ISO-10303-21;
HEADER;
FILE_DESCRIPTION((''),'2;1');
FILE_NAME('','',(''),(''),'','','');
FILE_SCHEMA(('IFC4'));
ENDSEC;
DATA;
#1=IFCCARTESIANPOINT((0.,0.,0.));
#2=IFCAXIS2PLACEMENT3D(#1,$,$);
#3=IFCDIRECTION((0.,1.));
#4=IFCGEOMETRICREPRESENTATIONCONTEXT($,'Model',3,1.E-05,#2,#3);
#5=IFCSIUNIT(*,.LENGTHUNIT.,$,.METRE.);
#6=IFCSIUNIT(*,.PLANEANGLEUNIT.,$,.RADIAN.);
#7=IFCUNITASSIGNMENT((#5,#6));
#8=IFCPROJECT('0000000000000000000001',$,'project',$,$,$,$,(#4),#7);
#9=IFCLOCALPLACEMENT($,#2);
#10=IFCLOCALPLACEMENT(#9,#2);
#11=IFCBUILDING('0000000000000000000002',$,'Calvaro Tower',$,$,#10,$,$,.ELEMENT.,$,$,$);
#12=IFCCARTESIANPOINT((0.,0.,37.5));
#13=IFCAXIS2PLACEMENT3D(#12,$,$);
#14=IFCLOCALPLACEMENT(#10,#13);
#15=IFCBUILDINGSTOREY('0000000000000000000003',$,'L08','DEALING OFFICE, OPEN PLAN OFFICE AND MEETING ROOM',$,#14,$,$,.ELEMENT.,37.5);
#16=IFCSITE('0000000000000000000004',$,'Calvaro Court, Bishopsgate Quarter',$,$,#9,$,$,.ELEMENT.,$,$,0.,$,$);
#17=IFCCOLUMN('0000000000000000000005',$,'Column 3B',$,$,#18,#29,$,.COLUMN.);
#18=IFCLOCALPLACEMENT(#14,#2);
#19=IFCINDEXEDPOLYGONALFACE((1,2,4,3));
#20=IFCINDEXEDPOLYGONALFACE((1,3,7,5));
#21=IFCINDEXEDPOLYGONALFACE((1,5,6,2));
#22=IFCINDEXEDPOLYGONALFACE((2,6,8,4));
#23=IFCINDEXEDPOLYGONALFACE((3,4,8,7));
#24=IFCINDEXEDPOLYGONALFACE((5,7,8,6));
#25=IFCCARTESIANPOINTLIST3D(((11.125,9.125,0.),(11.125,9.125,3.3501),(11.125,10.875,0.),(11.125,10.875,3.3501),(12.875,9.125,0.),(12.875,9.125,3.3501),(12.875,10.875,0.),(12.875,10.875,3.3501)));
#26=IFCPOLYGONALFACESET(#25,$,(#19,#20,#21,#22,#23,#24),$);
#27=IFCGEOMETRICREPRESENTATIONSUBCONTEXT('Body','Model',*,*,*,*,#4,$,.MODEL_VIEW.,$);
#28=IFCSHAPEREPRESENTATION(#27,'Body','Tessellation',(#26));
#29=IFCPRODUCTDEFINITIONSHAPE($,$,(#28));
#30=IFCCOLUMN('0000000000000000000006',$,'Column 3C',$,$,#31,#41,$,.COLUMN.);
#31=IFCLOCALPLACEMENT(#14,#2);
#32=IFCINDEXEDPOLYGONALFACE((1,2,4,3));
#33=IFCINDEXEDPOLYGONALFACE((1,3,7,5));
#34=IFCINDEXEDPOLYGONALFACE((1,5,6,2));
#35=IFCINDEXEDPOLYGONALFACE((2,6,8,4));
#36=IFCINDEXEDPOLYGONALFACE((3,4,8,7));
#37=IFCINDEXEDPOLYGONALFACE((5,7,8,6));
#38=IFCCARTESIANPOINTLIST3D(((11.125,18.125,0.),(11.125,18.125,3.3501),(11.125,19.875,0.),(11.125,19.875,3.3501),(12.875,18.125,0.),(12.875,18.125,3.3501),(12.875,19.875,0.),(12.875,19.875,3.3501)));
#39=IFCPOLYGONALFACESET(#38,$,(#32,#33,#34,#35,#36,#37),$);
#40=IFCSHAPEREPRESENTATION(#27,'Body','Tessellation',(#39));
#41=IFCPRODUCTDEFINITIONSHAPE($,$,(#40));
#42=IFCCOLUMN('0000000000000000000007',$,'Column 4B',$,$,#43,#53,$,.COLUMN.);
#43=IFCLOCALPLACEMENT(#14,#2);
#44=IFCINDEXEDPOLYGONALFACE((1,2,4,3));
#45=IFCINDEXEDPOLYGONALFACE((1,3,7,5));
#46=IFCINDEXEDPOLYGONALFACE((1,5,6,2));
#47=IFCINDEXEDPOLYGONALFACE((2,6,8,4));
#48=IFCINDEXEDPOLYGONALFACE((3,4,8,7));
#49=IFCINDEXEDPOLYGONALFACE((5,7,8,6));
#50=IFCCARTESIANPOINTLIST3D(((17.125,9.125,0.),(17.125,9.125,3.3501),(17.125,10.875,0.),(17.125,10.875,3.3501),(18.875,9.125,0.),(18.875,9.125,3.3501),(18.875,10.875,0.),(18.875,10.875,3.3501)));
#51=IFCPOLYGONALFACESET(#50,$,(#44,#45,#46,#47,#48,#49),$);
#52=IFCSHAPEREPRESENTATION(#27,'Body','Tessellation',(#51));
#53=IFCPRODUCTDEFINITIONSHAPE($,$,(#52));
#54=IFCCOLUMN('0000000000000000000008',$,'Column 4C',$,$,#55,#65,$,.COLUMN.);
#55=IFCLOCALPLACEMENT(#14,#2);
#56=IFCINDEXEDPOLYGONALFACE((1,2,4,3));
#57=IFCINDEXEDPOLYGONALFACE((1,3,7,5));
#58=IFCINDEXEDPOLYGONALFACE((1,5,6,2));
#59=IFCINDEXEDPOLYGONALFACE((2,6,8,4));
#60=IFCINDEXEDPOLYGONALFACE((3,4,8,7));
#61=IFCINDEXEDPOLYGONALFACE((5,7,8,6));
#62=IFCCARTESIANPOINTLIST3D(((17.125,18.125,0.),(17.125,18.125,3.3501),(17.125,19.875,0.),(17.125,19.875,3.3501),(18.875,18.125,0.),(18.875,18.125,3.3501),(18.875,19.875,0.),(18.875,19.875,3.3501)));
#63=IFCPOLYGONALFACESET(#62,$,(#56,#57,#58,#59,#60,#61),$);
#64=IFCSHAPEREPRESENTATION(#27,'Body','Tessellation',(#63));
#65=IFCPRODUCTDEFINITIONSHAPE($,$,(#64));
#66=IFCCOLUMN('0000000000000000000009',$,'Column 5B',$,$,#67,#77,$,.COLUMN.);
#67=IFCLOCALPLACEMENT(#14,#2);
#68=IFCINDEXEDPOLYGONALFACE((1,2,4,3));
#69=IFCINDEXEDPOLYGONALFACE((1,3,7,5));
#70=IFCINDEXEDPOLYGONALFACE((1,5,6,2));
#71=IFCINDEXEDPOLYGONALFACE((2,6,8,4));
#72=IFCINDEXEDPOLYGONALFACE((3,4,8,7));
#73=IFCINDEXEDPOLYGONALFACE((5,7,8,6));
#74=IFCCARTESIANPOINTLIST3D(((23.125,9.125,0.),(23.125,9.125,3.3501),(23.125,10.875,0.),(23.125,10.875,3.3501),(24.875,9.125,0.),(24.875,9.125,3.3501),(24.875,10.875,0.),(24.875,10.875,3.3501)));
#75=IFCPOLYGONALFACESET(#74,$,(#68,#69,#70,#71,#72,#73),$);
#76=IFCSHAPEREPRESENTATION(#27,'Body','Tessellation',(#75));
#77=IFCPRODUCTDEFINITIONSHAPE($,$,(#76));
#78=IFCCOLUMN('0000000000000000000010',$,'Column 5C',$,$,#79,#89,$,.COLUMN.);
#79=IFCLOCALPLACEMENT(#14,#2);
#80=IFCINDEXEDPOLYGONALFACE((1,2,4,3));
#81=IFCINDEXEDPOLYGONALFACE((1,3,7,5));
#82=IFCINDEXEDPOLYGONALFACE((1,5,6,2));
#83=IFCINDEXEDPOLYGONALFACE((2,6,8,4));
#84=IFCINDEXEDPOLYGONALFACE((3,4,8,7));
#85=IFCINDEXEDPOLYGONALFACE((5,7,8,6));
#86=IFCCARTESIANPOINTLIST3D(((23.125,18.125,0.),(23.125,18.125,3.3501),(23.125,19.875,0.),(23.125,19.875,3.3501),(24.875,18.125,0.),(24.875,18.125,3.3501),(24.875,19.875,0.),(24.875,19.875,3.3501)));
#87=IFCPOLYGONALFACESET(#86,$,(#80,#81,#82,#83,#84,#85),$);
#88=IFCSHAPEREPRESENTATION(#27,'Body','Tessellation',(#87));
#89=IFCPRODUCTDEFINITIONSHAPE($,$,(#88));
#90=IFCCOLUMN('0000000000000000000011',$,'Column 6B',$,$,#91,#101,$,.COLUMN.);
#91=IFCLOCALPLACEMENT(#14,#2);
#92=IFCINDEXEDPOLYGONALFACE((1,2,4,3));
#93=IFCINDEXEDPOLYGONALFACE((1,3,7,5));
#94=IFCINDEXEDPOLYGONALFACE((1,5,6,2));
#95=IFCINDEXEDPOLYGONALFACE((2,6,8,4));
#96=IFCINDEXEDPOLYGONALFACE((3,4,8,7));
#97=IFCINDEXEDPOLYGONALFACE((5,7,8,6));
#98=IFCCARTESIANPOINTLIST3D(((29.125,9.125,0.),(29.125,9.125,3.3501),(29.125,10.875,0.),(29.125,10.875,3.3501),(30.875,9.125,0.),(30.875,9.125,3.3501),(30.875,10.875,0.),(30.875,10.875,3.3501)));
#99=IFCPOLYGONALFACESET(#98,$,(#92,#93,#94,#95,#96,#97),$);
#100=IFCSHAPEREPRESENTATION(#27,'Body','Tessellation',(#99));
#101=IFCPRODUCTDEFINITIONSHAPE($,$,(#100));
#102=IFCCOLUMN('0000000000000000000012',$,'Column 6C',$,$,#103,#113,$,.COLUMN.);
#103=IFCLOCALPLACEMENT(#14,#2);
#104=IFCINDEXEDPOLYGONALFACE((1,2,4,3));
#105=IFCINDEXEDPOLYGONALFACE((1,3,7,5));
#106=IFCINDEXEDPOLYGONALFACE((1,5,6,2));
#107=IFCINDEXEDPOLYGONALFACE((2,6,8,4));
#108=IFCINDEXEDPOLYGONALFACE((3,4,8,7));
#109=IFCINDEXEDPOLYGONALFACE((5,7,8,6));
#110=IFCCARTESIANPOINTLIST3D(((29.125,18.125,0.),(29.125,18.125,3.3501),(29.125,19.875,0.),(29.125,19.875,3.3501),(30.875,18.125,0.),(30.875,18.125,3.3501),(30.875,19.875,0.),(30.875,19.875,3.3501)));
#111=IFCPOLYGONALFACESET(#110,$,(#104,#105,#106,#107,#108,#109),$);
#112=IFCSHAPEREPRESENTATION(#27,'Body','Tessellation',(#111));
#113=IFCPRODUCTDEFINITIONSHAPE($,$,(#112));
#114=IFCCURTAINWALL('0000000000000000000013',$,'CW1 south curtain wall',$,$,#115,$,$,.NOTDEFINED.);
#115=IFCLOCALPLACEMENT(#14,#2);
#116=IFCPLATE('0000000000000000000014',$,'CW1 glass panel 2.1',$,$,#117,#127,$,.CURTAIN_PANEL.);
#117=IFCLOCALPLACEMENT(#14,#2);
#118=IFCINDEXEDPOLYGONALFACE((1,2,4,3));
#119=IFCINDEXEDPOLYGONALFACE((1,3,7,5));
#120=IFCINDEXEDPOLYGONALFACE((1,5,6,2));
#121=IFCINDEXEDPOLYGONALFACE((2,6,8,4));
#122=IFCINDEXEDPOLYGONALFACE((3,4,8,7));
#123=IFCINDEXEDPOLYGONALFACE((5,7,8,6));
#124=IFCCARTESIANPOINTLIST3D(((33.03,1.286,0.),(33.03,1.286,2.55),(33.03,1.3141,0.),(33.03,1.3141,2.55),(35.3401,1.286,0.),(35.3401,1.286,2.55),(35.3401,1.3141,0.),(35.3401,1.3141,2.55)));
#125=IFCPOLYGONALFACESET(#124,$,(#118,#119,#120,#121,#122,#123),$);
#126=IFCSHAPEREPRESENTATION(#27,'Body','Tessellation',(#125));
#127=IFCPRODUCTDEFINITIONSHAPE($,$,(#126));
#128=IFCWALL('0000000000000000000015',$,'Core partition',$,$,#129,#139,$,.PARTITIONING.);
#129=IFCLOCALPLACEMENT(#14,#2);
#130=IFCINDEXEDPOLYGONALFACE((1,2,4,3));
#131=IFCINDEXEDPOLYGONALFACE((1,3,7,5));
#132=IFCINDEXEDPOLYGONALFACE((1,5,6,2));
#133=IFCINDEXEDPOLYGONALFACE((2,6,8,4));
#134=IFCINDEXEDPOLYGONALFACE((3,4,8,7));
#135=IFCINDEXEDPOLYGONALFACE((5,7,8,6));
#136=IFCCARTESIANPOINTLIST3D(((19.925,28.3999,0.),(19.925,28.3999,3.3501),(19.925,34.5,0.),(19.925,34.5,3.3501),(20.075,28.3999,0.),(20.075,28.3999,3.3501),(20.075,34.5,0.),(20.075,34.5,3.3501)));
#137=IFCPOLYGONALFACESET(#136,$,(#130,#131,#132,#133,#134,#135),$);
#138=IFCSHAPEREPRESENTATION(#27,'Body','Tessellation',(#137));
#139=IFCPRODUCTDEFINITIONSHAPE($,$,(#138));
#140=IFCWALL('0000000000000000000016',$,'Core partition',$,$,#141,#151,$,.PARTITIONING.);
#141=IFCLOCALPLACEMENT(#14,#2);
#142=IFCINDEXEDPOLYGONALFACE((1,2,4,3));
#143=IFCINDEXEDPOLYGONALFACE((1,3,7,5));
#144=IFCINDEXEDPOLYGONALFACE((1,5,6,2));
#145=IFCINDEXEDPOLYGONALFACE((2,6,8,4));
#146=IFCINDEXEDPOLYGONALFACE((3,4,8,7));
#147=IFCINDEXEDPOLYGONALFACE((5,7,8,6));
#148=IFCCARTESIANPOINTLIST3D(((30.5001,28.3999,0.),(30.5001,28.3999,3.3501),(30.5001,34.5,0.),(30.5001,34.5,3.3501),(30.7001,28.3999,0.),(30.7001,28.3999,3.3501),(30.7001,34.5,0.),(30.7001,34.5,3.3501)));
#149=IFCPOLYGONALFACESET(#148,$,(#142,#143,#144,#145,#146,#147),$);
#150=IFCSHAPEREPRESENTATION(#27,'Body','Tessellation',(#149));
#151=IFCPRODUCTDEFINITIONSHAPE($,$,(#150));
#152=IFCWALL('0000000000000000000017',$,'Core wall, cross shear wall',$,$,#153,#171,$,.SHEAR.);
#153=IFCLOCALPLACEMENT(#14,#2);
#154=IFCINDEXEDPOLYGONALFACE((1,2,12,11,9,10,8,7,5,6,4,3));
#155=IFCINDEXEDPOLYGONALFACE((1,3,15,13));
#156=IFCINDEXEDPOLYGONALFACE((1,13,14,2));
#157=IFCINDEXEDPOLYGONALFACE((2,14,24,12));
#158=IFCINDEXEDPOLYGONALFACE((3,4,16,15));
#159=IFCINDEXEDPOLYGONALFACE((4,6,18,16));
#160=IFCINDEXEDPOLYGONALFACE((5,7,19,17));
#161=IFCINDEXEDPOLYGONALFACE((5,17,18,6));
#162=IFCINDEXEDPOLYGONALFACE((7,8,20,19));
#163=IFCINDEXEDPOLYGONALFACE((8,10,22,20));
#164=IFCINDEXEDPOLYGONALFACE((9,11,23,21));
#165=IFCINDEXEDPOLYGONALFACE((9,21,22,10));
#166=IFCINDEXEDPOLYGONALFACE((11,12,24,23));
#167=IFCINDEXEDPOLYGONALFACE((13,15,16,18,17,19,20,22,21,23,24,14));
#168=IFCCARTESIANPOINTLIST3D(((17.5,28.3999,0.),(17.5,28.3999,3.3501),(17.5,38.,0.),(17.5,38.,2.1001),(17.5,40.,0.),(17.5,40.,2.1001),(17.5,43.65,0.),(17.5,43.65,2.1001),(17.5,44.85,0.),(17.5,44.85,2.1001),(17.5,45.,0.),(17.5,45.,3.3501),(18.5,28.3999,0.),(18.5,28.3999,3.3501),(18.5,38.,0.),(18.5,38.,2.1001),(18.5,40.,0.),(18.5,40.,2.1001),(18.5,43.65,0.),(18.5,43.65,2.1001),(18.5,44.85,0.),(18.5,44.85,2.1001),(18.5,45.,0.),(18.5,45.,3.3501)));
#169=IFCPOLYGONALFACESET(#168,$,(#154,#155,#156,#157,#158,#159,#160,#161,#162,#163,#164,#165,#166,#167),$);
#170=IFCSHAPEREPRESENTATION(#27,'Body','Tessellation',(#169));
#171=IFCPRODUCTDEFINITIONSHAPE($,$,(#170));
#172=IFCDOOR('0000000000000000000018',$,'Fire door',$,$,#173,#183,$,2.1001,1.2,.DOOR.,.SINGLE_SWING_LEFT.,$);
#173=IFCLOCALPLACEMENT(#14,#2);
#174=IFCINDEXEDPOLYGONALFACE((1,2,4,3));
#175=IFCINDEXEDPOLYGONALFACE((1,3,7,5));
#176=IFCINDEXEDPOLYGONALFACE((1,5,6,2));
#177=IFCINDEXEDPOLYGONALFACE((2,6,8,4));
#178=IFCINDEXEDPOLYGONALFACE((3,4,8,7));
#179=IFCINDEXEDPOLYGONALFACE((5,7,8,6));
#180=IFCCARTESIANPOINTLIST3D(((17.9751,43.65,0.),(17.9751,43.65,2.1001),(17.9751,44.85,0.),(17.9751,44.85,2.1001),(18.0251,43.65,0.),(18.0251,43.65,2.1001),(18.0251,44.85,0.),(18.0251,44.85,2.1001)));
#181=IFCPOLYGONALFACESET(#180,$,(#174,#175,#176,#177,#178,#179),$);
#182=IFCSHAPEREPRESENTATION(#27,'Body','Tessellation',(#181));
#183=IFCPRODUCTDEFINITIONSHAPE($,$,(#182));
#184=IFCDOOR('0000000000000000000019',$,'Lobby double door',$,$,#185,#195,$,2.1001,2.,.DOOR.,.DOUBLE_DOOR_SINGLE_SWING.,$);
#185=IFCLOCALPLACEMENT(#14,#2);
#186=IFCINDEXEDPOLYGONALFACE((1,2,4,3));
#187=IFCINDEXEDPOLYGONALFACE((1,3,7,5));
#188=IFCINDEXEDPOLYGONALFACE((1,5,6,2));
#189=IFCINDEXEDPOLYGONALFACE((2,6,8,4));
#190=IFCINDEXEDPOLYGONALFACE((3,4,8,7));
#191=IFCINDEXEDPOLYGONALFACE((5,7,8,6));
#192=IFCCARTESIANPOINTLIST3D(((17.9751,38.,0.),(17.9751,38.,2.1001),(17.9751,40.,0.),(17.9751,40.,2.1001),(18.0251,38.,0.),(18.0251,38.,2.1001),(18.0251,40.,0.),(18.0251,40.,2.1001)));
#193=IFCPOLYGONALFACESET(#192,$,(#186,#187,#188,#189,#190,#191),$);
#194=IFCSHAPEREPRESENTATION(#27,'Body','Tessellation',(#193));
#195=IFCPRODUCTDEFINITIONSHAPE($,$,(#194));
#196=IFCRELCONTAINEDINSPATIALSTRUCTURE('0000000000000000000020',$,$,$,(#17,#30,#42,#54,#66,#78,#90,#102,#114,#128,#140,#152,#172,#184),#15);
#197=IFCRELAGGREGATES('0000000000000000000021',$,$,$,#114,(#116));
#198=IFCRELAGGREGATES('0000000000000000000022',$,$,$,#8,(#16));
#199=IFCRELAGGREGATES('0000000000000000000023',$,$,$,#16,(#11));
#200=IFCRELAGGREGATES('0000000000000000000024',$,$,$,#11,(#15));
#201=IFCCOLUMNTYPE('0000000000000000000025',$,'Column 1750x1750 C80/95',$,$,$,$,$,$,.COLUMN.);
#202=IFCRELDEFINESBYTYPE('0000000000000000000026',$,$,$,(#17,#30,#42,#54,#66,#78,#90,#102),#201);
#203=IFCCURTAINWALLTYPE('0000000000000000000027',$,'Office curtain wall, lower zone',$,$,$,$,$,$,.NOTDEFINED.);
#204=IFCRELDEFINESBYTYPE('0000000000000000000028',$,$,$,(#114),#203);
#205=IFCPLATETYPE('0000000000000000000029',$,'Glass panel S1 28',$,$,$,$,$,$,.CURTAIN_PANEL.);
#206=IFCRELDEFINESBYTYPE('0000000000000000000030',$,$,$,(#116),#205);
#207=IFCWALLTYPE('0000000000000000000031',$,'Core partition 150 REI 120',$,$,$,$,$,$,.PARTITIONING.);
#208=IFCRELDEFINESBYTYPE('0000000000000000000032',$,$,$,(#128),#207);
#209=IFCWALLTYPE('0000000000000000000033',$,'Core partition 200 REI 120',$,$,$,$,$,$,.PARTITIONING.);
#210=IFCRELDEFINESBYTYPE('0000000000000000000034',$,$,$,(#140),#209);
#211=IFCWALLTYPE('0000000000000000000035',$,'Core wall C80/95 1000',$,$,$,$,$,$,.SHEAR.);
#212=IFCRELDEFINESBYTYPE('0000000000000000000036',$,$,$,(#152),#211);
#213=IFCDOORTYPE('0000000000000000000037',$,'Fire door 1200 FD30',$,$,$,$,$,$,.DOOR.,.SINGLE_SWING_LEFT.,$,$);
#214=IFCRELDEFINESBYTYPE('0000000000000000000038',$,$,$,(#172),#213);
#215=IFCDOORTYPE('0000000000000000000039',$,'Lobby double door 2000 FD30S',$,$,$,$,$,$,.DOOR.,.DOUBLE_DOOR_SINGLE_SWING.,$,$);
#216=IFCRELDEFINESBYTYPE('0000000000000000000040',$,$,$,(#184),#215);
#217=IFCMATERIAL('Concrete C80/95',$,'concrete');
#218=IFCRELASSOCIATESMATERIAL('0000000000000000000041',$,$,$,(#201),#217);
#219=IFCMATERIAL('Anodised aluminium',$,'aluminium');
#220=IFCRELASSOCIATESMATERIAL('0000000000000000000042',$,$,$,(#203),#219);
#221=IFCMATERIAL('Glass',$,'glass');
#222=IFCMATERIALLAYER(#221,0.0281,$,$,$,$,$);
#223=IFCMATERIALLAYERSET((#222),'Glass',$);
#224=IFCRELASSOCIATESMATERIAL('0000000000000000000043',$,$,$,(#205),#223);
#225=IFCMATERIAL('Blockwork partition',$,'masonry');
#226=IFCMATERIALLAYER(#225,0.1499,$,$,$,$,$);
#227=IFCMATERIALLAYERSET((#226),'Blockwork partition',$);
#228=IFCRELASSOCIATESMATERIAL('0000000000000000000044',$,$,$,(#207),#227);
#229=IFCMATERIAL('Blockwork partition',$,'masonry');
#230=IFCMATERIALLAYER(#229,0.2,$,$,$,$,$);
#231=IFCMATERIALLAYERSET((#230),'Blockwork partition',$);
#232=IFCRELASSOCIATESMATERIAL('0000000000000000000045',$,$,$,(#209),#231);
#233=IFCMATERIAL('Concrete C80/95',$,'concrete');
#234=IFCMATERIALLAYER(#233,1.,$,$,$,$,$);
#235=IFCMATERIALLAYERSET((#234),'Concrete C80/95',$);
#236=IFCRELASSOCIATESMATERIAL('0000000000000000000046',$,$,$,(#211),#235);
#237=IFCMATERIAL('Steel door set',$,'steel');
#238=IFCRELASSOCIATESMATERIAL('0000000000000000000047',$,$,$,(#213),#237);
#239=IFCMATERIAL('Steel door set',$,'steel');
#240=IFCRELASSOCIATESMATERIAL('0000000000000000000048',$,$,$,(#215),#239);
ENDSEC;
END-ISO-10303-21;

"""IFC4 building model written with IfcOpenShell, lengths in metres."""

from ifc_helpers import new_model, si_unit, direction, frame, frame_2d, origin, origin_2d, place, context, subcontext, project, spatial, rectangle, extrude, material, layer, layer_set, material_profile, profile_set, type_object, element, fill, aggregate, save


model = new_model("IFC4")

# Units and contexts
model_context = context("Model", 3, precision=1e-05, world=origin(), true_north=direction((0.0, 1.0)))
body_context = subcontext(model_context, "Body", "Model", "MODEL_VIEW")
ifc_project = project(units=[si_unit("LENGTHUNIT", "METRE"), si_unit("PLANEANGLEUNIT", "RADIAN")], contexts=[model_context])

# Site, building, storey
site_placement = place(None, origin())
site = spatial("IfcSite", under=ifc_project, at=site_placement, Name="Calvaro Court, Bishopsgate Quarter", CompositionType="ELEMENT", RefElevation=0.0)
building_placement = place(site_placement, origin())
building = spatial("IfcBuilding", under=site, at=building_placement, Name="Calvaro Tower", CompositionType="ELEMENT")
storey_placement = place(building_placement, frame((0.0, 0.0, 37.5)))
storey = spatial("IfcBuildingStorey", under=building, at=storey_placement, Name="L08", Description="DEALING OFFICE, OPEN PLAN OFFICE AND MEETING ROOM", CompositionType="ELEMENT", Elevation=37.5)

# Columns
ifc_material_1 = material(Name="Concrete C80/95", Category="concrete")
ifc_material_profile = material_profile(ifc_material_1, rectangle(XDim=1.75, YDim=1.75, at=origin_2d()), Name="RC 1750x1750")
ifc_profile_set = profile_set([ifc_material_profile], Name="Concrete C80/95")
column_type = type_object("IfcColumnType", Name="Column 1750x1750 C80/95", PredefinedType="COLUMN", material=ifc_profile_set)
for number, where, z_axis, x_axis, name in (
    (1, (12.0, 10.0, 0.0), (0.0, 0.0, 1.0), (1.0, 0.0, 0.0), "Column 3B"),
    (2, (12.0, 19.0, 0.0), (0.0, 0.0, 1.0), (1.0, 0.0, 0.0), "Column 3C"),
    (3, (18.0, 10.0, 0.0), (0.0, 0.0, 1.0), (1.0, 0.0, 0.0), "Column 4B"),
    (4, (18.0, 19.0, 0.0), (0.0, 0.0, 1.0), (1.0, 0.0, 0.0), "Column 4C"),
    (5, (24.0, 10.0, 0.0), (0.0, 0.0, 1.0), (1.0, 0.0, 0.0), "Column 5B"),
    (6, (24.0, 19.0, 0.0), (0.0, 0.0, 1.0), (1.0, 0.0, 0.0), "Column 5C"),
    (7, (30.0, 10.0, 0.0), (0.0, 0.0, 1.0), (1.0, 0.0, 0.0), "Column 6B"),
    (8, (30.0, 19.0, 0.0), (0.0, 0.0, 1.0), (1.0, 0.0, 0.0), "Column 6C"),
):
    element("IfcColumn", number, at=place(storey_placement, frame(where, z_axis=z_axis, x_axis=x_axis)), inside=storey, type_object=column_type, Name=name, PredefinedType="COLUMN", context=body_context, shape_type="SweptSolid", body=[
        extrude(rectangle(XDim=1.75, YDim=1.75, at=origin_2d()), origin(), (0.0, 0.0, 1.0), 3.3501),
    ])

# Curtain wall, plate
ifc_material_2 = material(Name="Anodised aluminium", Category="aluminium")
curtain_wall_type = type_object("IfcCurtainWallType", Name="Office curtain wall, lower zone", PredefinedType="NOTDEFINED", material=ifc_material_2)
curtain_wall_placement = place(storey_placement, origin())
curtain_wall = element("IfcCurtainWall", 9, at=curtain_wall_placement, inside=storey, type_object=curtain_wall_type, Name="CW1 south curtain wall", PredefinedType="NOTDEFINED")
ifc_material_3 = material(Name="Glass", Category="glass")
ifc_layer_1 = layer(ifc_material_3, 0.0281)
ifc_layer_set_1 = layer_set([ifc_layer_1], Name="Glass")
plate_type = type_object("IfcPlateType", Name="Glass panel S1 28", PredefinedType="CURTAIN_PANEL", material=ifc_layer_set_1)
plate_placement = place(storey_placement, frame((34.1851, 1.3, 0.0), z_axis=(0.0, 0.0, 1.0), x_axis=(1.0, 0.0, 0.0)))
plate = element("IfcPlate", 10, at=plate_placement, type_object=plate_type, Name="CW1 glass panel 2.1", PredefinedType="CURTAIN_PANEL", context=body_context, shape_type="SweptSolid", body=[
    extrude(rectangle(XDim=2.3101, YDim=0.0281, at=origin_2d()), origin(), (0.0, 0.0, 1.0), 2.55),
])
aggregate(curtain_wall, [plate])

# Walls
ifc_material_4 = material(Name="Blockwork partition", Category="masonry")
ifc_layer_2 = layer(ifc_material_4, 0.1499)
ifc_layer_set_2 = layer_set([ifc_layer_2], Name="Blockwork partition")
wall_type_1 = type_object("IfcWallType", Name="Core partition 150 REI 120", PredefinedType="PARTITIONING", material=ifc_layer_set_2)
wall_1_placement = place(storey_placement, frame((20.0, 28.3999, 0.0), z_axis=(0.0, 0.0, 1.0), x_axis=(0.0, 1.0, 0.0)))
element("IfcWall", 11, at=wall_1_placement, inside=storey, type_object=wall_type_1, Name="Core partition", PredefinedType="PARTITIONING", context=body_context, shape_type="SweptSolid", body=[
    extrude(rectangle(XDim=6.1001, YDim=0.1499, at=frame_2d((3.05, 0.0))), origin(), (0.0, 0.0, 1.0), 3.3501),
])
ifc_material_5 = material(Name="Blockwork partition", Category="masonry")
ifc_layer_3 = layer(ifc_material_5, 0.2)
ifc_layer_set_3 = layer_set([ifc_layer_3], Name="Blockwork partition")
wall_type_2 = type_object("IfcWallType", Name="Core partition 200 REI 120", PredefinedType="PARTITIONING", material=ifc_layer_set_3)
wall_2_placement = place(storey_placement, frame((30.6001, 28.3999, 0.0), z_axis=(0.0, 0.0, 1.0), x_axis=(0.0, 1.0, 0.0)))
element("IfcWall", 12, at=wall_2_placement, inside=storey, type_object=wall_type_2, Name="Core partition", PredefinedType="PARTITIONING", context=body_context, shape_type="SweptSolid", body=[
    extrude(rectangle(XDim=6.1001, YDim=0.2, at=frame_2d((3.05, 0.0))), origin(), (0.0, 0.0, 1.0), 3.3501),
])

# Wall, openings, doors
ifc_material_6 = material(Name="Concrete C80/95", Category="concrete")
ifc_layer_4 = layer(ifc_material_6, 1.0)
ifc_layer_set_4 = layer_set([ifc_layer_4], Name="Concrete C80/95")
wall_type_3 = type_object("IfcWallType", Name="Core wall C80/95 1000", PredefinedType="SHEAR", material=ifc_layer_set_4)
wall_3_placement = place(storey_placement, frame((18.0, 28.3999, 0.0), z_axis=(0.0, 0.0, 1.0), x_axis=(0.0, 1.0, 0.0)))
wall_3 = element("IfcWall", 13, at=wall_3_placement, inside=storey, type_object=wall_type_3, Name="Core wall, cross shear wall", PredefinedType="SHEAR", context=body_context, shape_type="SweptSolid", body=[
    extrude(rectangle(XDim=16.6001, YDim=1.0, at=frame_2d((8.3, 0.0))), origin(), (0.0, 0.0, 1.0), 3.3501),
])
opening_1_placement = place(wall_3_placement, frame((9.6001, 0.0, 0.0)))
opening_1 = element("IfcOpeningElement", 14, at=opening_1_placement, cuts=wall_3, PredefinedType="OPENING", context=body_context, shape_type="SweptSolid", body=[
    extrude(rectangle(XDim=2.0, YDim=2.1001, at=frame_2d((1.0, 1.05))), frame((0.0, 0.51, 0.0), z_axis=(0.0, -1.0, 0.0), x_axis=(1.0, 0.0, 0.0)), (0.0, 0.0, 1.0), 1.02),
])
opening_2_placement = place(wall_3_placement, frame((15.25, 0.0, 0.0)))
opening_2 = element("IfcOpeningElement", 15, at=opening_2_placement, cuts=wall_3, PredefinedType="OPENING", context=body_context, shape_type="SweptSolid", body=[
    extrude(rectangle(XDim=1.2, YDim=2.1001, at=frame_2d((0.6001, 1.05))), frame((0.0, 0.51, 0.0), z_axis=(0.0, -1.0, 0.0), x_axis=(1.0, 0.0, 0.0)), (0.0, 0.0, 1.0), 1.02),
])
ifc_material_7 = material(Name="Steel door set", Category="steel")
door_type_1 = type_object("IfcDoorType", Name="Fire door 1200 FD30", OperationType="SINGLE_SWING_LEFT", PredefinedType="DOOR", material=ifc_material_7)
door_1_placement = place(opening_2_placement, origin())
door_1 = element("IfcDoor", 16, at=door_1_placement, inside=storey, type_object=door_type_1, Name="Fire door", OperationType="SINGLE_SWING_LEFT", OverallHeight=2.1001, OverallWidth=1.2, PredefinedType="DOOR", context=body_context, shape_type="SweptSolid", body=[
    extrude(rectangle(XDim=1.2, YDim=2.1001, at=frame_2d((0.6001, 1.05))), frame((0.0, 0.0249, 0.0), z_axis=(0.0, -1.0, 0.0), x_axis=(1.0, 0.0, 0.0)), (0.0, 0.0, 1.0), 0.05),
])
fill(opening_2, door_1)
ifc_material_8 = material(Name="Steel door set", Category="steel")
door_type_2 = type_object("IfcDoorType", Name="Lobby double door 2000 FD30S", OperationType="DOUBLE_DOOR_SINGLE_SWING", PredefinedType="DOOR", material=ifc_material_8)
door_2_placement = place(opening_1_placement, origin())
door_2 = element("IfcDoor", 17, at=door_2_placement, inside=storey, type_object=door_type_2, Name="Lobby double door", OperationType="DOUBLE_DOOR_SINGLE_SWING", OverallHeight=2.1001, OverallWidth=2.0, PredefinedType="DOOR", context=body_context, shape_type="SweptSolid", body=[
    extrude(rectangle(XDim=2.0, YDim=2.1001, at=frame_2d((1.0, 1.05))), frame((0.0, 0.0249, 0.0), z_axis=(0.0, -1.0, 0.0), x_axis=(1.0, 0.0, 0.0)), (0.0, 0.0, 1.0), 0.05),
])
fill(opening_1, door_2)

save(model, "model.ifc")
